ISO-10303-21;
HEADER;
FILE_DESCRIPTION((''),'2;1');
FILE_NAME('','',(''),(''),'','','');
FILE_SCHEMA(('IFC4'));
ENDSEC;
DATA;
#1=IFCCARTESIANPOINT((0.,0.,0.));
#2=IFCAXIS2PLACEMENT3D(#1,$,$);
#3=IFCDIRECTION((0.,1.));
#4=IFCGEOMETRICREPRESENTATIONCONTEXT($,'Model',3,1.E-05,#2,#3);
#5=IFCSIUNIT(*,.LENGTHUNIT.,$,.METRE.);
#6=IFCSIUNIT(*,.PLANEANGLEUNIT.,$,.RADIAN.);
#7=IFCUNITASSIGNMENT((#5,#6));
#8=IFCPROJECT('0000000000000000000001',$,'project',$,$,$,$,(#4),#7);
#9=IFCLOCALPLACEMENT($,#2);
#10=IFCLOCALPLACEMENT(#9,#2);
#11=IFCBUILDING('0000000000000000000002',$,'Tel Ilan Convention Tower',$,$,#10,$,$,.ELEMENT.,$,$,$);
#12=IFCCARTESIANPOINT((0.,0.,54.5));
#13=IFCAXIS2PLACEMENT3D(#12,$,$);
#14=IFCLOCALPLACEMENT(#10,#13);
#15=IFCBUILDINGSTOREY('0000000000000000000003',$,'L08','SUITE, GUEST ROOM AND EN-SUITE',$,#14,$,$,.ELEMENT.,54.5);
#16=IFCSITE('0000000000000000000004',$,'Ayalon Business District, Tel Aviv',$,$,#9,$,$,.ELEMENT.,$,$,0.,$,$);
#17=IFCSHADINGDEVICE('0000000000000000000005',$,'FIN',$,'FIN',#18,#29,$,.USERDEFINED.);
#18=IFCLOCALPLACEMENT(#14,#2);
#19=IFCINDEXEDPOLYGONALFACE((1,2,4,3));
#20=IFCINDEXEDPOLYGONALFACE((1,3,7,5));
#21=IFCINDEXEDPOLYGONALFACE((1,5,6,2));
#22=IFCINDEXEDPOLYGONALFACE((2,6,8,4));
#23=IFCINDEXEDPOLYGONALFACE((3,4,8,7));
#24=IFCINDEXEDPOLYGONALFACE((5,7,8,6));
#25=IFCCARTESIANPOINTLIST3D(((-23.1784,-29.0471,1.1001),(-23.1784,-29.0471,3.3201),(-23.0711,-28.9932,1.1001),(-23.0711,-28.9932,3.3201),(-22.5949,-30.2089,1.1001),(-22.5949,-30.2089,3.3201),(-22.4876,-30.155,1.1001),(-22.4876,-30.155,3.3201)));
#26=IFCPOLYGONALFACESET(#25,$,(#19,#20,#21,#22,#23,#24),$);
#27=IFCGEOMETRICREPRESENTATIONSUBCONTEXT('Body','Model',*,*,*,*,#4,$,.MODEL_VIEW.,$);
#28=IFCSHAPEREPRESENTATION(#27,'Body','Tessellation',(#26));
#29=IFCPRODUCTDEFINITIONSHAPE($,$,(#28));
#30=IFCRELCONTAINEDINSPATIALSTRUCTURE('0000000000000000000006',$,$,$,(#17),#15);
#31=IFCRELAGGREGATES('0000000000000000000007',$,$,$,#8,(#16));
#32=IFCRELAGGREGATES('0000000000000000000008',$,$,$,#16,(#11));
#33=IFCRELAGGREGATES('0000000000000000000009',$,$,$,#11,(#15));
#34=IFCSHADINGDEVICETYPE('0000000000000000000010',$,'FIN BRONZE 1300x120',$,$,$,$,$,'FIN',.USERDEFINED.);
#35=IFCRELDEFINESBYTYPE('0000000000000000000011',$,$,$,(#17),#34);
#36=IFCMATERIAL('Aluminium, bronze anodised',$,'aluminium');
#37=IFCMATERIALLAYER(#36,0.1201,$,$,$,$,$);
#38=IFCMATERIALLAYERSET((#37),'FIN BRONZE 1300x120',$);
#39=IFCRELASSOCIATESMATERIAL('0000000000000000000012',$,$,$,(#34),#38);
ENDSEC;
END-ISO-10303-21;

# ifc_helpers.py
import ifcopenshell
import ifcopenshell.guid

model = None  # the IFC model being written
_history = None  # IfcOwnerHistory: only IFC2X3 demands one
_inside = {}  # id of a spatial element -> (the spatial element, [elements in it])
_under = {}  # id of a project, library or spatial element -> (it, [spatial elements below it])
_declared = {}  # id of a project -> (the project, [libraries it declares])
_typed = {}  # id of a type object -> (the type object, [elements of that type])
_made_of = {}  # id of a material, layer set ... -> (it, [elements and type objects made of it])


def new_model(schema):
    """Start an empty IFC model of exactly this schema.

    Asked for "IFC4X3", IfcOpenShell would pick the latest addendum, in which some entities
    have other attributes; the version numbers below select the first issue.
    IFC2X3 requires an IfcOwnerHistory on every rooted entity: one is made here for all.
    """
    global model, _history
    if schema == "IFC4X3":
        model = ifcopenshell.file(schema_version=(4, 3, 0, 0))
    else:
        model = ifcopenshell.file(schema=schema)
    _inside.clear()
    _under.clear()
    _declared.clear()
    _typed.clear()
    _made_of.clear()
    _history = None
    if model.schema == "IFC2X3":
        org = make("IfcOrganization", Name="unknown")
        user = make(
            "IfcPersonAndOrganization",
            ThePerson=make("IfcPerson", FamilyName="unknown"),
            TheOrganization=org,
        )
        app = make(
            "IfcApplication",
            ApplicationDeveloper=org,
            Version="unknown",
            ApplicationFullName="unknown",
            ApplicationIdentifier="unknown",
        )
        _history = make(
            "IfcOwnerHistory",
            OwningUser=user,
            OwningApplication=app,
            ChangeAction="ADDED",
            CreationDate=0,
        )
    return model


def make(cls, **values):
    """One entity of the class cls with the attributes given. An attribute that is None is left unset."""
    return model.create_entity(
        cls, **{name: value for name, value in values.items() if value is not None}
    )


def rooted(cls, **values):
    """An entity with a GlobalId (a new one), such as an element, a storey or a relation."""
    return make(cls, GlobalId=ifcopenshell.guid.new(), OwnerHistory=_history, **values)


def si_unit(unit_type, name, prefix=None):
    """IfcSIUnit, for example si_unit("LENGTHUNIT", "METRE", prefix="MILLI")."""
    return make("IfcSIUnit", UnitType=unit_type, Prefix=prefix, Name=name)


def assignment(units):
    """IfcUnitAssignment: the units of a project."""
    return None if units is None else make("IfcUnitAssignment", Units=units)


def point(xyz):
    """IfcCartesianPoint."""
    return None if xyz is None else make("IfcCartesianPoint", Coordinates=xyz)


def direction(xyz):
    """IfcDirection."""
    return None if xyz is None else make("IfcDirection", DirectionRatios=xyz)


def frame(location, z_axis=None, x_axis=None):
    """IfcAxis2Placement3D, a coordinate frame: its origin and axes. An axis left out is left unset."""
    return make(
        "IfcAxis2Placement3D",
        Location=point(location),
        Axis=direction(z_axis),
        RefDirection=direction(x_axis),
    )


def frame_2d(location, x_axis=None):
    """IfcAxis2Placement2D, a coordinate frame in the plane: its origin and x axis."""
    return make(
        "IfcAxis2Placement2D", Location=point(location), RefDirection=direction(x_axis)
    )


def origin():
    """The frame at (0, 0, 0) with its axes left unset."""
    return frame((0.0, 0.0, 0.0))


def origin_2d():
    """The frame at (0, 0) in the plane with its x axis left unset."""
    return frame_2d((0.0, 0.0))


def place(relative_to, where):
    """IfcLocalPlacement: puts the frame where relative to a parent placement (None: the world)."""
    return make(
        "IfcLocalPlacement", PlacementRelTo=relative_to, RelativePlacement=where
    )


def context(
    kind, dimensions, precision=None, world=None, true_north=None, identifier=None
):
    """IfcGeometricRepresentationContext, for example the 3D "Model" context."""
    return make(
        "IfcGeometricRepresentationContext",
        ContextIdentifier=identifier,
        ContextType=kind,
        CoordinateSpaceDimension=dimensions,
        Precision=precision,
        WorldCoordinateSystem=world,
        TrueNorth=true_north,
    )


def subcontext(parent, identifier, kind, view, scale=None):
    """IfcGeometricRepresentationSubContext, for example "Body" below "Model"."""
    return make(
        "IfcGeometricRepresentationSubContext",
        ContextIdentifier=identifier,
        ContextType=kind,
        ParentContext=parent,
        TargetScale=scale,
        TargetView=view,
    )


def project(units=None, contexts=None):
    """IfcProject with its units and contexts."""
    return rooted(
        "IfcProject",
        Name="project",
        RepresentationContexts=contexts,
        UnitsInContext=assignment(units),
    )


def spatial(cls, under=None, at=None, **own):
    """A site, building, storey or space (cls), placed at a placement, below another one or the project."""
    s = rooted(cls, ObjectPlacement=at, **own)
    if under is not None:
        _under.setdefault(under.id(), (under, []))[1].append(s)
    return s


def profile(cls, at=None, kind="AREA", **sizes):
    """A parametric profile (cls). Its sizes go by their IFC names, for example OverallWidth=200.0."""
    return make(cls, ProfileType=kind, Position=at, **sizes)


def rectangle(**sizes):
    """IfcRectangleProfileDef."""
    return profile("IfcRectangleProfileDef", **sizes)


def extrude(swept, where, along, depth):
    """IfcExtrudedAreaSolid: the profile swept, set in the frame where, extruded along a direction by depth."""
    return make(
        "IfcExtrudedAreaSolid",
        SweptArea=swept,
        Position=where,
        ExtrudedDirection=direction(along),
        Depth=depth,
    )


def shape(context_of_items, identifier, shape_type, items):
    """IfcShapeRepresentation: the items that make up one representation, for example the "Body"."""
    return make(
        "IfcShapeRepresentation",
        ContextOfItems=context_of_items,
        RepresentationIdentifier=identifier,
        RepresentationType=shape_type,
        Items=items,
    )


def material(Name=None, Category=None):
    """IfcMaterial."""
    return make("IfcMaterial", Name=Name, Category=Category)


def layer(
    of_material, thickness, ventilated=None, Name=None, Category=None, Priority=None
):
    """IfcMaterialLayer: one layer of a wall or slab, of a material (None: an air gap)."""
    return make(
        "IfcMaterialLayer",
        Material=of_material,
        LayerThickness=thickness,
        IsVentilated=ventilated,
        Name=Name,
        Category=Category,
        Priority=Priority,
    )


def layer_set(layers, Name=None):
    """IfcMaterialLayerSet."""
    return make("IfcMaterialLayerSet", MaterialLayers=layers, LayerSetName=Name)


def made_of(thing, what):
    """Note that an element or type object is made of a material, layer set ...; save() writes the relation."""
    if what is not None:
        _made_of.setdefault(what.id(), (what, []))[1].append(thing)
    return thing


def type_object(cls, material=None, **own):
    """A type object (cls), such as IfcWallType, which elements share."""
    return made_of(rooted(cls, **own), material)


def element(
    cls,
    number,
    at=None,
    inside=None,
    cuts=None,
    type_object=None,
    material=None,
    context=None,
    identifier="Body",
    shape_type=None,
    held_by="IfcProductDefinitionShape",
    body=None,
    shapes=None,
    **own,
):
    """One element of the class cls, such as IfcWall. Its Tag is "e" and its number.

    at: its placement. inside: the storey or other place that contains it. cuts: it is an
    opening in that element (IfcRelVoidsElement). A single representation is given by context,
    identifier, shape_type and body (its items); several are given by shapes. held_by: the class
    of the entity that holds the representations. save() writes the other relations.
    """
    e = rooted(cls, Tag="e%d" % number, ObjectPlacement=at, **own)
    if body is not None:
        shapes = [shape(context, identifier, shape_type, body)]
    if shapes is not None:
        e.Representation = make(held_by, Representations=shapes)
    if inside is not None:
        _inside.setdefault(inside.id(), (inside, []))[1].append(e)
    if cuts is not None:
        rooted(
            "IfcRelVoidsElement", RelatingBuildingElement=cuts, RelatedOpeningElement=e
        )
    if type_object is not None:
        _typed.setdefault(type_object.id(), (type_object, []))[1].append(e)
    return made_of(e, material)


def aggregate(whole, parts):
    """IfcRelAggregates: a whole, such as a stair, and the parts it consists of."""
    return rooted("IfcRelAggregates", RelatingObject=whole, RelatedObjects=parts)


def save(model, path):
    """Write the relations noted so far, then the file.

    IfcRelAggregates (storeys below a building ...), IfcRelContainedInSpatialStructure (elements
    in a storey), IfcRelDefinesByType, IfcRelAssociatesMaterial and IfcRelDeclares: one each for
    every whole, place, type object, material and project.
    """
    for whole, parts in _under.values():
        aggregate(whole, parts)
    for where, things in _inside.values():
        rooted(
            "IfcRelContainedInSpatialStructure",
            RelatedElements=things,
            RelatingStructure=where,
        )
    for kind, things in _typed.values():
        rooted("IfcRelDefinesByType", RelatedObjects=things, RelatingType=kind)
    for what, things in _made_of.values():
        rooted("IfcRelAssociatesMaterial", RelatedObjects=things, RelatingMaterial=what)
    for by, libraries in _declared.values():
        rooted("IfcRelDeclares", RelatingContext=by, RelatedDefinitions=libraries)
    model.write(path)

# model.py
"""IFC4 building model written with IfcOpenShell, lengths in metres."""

from ifc_helpers import new_model, si_unit, direction, frame, origin, origin_2d, place, context, subcontext, project, spatial, rectangle, extrude, material, layer, layer_set, type_object, element, save


model = new_model("IFC4")

# Units and contexts
model_context = context("Model", 3, precision=1e-05, world=origin(), true_north=direction((0.0, 1.0)))
body_context = subcontext(model_context, "Body", "Model", "MODEL_VIEW")
ifc_project = project(units=[si_unit("LENGTHUNIT", "METRE"), si_unit("PLANEANGLEUNIT", "RADIAN")], contexts=[model_context])

# Site, building, storey
site_placement = place(None, origin())
site = spatial("IfcSite", under=ifc_project, at=site_placement, Name="Ayalon Business District, Tel Aviv", CompositionType="ELEMENT", RefElevation=0.0)
building_placement = place(site_placement, origin())
building = spatial("IfcBuilding", under=site, at=building_placement, Name="Tel Ilan Convention Tower", CompositionType="ELEMENT")
storey_placement = place(building_placement, frame((0.0, 0.0, 54.5)))
storey = spatial("IfcBuildingStorey", under=building, at=storey_placement, Name="L08", Description="SUITE, GUEST ROOM AND EN-SUITE", CompositionType="ELEMENT", Elevation=54.5)

# Shading device
ifc_material_1 = material(Name="Aluminium, bronze anodised", Category="aluminium")
ifc_layer_1 = layer(ifc_material_1, 0.1201)
ifc_layer_set_1 = layer_set([ifc_layer_1], Name="FIN BRONZE 1300x120")
shading_device_type = type_object("IfcShadingDeviceType", Name="FIN BRONZE 1300x120", ElementType="FIN", PredefinedType="USERDEFINED", material=ifc_layer_set_1)
for number, where, z_axis, x_axis, name in (
    (1, (-22.833, -29.6011, 1.1001), (0.0, 0.0, 1.0), (0.448799, -0.893633, 0.0), "FIN"),
):
    element("IfcShadingDevice", number, at=place(storey_placement, frame(where, z_axis=z_axis, x_axis=x_axis)), inside=storey, type_object=shading_device_type, Name=name, ObjectType="FIN", PredefinedType="USERDEFINED", context=body_context, shape_type="SweptSolid", body=[
        extrude(rectangle(XDim=1.3, YDim=0.1201, at=origin_2d()), origin(), (0.0, 0.0, 1.0), 2.22),
    ])

save(model, "model.ifc")
